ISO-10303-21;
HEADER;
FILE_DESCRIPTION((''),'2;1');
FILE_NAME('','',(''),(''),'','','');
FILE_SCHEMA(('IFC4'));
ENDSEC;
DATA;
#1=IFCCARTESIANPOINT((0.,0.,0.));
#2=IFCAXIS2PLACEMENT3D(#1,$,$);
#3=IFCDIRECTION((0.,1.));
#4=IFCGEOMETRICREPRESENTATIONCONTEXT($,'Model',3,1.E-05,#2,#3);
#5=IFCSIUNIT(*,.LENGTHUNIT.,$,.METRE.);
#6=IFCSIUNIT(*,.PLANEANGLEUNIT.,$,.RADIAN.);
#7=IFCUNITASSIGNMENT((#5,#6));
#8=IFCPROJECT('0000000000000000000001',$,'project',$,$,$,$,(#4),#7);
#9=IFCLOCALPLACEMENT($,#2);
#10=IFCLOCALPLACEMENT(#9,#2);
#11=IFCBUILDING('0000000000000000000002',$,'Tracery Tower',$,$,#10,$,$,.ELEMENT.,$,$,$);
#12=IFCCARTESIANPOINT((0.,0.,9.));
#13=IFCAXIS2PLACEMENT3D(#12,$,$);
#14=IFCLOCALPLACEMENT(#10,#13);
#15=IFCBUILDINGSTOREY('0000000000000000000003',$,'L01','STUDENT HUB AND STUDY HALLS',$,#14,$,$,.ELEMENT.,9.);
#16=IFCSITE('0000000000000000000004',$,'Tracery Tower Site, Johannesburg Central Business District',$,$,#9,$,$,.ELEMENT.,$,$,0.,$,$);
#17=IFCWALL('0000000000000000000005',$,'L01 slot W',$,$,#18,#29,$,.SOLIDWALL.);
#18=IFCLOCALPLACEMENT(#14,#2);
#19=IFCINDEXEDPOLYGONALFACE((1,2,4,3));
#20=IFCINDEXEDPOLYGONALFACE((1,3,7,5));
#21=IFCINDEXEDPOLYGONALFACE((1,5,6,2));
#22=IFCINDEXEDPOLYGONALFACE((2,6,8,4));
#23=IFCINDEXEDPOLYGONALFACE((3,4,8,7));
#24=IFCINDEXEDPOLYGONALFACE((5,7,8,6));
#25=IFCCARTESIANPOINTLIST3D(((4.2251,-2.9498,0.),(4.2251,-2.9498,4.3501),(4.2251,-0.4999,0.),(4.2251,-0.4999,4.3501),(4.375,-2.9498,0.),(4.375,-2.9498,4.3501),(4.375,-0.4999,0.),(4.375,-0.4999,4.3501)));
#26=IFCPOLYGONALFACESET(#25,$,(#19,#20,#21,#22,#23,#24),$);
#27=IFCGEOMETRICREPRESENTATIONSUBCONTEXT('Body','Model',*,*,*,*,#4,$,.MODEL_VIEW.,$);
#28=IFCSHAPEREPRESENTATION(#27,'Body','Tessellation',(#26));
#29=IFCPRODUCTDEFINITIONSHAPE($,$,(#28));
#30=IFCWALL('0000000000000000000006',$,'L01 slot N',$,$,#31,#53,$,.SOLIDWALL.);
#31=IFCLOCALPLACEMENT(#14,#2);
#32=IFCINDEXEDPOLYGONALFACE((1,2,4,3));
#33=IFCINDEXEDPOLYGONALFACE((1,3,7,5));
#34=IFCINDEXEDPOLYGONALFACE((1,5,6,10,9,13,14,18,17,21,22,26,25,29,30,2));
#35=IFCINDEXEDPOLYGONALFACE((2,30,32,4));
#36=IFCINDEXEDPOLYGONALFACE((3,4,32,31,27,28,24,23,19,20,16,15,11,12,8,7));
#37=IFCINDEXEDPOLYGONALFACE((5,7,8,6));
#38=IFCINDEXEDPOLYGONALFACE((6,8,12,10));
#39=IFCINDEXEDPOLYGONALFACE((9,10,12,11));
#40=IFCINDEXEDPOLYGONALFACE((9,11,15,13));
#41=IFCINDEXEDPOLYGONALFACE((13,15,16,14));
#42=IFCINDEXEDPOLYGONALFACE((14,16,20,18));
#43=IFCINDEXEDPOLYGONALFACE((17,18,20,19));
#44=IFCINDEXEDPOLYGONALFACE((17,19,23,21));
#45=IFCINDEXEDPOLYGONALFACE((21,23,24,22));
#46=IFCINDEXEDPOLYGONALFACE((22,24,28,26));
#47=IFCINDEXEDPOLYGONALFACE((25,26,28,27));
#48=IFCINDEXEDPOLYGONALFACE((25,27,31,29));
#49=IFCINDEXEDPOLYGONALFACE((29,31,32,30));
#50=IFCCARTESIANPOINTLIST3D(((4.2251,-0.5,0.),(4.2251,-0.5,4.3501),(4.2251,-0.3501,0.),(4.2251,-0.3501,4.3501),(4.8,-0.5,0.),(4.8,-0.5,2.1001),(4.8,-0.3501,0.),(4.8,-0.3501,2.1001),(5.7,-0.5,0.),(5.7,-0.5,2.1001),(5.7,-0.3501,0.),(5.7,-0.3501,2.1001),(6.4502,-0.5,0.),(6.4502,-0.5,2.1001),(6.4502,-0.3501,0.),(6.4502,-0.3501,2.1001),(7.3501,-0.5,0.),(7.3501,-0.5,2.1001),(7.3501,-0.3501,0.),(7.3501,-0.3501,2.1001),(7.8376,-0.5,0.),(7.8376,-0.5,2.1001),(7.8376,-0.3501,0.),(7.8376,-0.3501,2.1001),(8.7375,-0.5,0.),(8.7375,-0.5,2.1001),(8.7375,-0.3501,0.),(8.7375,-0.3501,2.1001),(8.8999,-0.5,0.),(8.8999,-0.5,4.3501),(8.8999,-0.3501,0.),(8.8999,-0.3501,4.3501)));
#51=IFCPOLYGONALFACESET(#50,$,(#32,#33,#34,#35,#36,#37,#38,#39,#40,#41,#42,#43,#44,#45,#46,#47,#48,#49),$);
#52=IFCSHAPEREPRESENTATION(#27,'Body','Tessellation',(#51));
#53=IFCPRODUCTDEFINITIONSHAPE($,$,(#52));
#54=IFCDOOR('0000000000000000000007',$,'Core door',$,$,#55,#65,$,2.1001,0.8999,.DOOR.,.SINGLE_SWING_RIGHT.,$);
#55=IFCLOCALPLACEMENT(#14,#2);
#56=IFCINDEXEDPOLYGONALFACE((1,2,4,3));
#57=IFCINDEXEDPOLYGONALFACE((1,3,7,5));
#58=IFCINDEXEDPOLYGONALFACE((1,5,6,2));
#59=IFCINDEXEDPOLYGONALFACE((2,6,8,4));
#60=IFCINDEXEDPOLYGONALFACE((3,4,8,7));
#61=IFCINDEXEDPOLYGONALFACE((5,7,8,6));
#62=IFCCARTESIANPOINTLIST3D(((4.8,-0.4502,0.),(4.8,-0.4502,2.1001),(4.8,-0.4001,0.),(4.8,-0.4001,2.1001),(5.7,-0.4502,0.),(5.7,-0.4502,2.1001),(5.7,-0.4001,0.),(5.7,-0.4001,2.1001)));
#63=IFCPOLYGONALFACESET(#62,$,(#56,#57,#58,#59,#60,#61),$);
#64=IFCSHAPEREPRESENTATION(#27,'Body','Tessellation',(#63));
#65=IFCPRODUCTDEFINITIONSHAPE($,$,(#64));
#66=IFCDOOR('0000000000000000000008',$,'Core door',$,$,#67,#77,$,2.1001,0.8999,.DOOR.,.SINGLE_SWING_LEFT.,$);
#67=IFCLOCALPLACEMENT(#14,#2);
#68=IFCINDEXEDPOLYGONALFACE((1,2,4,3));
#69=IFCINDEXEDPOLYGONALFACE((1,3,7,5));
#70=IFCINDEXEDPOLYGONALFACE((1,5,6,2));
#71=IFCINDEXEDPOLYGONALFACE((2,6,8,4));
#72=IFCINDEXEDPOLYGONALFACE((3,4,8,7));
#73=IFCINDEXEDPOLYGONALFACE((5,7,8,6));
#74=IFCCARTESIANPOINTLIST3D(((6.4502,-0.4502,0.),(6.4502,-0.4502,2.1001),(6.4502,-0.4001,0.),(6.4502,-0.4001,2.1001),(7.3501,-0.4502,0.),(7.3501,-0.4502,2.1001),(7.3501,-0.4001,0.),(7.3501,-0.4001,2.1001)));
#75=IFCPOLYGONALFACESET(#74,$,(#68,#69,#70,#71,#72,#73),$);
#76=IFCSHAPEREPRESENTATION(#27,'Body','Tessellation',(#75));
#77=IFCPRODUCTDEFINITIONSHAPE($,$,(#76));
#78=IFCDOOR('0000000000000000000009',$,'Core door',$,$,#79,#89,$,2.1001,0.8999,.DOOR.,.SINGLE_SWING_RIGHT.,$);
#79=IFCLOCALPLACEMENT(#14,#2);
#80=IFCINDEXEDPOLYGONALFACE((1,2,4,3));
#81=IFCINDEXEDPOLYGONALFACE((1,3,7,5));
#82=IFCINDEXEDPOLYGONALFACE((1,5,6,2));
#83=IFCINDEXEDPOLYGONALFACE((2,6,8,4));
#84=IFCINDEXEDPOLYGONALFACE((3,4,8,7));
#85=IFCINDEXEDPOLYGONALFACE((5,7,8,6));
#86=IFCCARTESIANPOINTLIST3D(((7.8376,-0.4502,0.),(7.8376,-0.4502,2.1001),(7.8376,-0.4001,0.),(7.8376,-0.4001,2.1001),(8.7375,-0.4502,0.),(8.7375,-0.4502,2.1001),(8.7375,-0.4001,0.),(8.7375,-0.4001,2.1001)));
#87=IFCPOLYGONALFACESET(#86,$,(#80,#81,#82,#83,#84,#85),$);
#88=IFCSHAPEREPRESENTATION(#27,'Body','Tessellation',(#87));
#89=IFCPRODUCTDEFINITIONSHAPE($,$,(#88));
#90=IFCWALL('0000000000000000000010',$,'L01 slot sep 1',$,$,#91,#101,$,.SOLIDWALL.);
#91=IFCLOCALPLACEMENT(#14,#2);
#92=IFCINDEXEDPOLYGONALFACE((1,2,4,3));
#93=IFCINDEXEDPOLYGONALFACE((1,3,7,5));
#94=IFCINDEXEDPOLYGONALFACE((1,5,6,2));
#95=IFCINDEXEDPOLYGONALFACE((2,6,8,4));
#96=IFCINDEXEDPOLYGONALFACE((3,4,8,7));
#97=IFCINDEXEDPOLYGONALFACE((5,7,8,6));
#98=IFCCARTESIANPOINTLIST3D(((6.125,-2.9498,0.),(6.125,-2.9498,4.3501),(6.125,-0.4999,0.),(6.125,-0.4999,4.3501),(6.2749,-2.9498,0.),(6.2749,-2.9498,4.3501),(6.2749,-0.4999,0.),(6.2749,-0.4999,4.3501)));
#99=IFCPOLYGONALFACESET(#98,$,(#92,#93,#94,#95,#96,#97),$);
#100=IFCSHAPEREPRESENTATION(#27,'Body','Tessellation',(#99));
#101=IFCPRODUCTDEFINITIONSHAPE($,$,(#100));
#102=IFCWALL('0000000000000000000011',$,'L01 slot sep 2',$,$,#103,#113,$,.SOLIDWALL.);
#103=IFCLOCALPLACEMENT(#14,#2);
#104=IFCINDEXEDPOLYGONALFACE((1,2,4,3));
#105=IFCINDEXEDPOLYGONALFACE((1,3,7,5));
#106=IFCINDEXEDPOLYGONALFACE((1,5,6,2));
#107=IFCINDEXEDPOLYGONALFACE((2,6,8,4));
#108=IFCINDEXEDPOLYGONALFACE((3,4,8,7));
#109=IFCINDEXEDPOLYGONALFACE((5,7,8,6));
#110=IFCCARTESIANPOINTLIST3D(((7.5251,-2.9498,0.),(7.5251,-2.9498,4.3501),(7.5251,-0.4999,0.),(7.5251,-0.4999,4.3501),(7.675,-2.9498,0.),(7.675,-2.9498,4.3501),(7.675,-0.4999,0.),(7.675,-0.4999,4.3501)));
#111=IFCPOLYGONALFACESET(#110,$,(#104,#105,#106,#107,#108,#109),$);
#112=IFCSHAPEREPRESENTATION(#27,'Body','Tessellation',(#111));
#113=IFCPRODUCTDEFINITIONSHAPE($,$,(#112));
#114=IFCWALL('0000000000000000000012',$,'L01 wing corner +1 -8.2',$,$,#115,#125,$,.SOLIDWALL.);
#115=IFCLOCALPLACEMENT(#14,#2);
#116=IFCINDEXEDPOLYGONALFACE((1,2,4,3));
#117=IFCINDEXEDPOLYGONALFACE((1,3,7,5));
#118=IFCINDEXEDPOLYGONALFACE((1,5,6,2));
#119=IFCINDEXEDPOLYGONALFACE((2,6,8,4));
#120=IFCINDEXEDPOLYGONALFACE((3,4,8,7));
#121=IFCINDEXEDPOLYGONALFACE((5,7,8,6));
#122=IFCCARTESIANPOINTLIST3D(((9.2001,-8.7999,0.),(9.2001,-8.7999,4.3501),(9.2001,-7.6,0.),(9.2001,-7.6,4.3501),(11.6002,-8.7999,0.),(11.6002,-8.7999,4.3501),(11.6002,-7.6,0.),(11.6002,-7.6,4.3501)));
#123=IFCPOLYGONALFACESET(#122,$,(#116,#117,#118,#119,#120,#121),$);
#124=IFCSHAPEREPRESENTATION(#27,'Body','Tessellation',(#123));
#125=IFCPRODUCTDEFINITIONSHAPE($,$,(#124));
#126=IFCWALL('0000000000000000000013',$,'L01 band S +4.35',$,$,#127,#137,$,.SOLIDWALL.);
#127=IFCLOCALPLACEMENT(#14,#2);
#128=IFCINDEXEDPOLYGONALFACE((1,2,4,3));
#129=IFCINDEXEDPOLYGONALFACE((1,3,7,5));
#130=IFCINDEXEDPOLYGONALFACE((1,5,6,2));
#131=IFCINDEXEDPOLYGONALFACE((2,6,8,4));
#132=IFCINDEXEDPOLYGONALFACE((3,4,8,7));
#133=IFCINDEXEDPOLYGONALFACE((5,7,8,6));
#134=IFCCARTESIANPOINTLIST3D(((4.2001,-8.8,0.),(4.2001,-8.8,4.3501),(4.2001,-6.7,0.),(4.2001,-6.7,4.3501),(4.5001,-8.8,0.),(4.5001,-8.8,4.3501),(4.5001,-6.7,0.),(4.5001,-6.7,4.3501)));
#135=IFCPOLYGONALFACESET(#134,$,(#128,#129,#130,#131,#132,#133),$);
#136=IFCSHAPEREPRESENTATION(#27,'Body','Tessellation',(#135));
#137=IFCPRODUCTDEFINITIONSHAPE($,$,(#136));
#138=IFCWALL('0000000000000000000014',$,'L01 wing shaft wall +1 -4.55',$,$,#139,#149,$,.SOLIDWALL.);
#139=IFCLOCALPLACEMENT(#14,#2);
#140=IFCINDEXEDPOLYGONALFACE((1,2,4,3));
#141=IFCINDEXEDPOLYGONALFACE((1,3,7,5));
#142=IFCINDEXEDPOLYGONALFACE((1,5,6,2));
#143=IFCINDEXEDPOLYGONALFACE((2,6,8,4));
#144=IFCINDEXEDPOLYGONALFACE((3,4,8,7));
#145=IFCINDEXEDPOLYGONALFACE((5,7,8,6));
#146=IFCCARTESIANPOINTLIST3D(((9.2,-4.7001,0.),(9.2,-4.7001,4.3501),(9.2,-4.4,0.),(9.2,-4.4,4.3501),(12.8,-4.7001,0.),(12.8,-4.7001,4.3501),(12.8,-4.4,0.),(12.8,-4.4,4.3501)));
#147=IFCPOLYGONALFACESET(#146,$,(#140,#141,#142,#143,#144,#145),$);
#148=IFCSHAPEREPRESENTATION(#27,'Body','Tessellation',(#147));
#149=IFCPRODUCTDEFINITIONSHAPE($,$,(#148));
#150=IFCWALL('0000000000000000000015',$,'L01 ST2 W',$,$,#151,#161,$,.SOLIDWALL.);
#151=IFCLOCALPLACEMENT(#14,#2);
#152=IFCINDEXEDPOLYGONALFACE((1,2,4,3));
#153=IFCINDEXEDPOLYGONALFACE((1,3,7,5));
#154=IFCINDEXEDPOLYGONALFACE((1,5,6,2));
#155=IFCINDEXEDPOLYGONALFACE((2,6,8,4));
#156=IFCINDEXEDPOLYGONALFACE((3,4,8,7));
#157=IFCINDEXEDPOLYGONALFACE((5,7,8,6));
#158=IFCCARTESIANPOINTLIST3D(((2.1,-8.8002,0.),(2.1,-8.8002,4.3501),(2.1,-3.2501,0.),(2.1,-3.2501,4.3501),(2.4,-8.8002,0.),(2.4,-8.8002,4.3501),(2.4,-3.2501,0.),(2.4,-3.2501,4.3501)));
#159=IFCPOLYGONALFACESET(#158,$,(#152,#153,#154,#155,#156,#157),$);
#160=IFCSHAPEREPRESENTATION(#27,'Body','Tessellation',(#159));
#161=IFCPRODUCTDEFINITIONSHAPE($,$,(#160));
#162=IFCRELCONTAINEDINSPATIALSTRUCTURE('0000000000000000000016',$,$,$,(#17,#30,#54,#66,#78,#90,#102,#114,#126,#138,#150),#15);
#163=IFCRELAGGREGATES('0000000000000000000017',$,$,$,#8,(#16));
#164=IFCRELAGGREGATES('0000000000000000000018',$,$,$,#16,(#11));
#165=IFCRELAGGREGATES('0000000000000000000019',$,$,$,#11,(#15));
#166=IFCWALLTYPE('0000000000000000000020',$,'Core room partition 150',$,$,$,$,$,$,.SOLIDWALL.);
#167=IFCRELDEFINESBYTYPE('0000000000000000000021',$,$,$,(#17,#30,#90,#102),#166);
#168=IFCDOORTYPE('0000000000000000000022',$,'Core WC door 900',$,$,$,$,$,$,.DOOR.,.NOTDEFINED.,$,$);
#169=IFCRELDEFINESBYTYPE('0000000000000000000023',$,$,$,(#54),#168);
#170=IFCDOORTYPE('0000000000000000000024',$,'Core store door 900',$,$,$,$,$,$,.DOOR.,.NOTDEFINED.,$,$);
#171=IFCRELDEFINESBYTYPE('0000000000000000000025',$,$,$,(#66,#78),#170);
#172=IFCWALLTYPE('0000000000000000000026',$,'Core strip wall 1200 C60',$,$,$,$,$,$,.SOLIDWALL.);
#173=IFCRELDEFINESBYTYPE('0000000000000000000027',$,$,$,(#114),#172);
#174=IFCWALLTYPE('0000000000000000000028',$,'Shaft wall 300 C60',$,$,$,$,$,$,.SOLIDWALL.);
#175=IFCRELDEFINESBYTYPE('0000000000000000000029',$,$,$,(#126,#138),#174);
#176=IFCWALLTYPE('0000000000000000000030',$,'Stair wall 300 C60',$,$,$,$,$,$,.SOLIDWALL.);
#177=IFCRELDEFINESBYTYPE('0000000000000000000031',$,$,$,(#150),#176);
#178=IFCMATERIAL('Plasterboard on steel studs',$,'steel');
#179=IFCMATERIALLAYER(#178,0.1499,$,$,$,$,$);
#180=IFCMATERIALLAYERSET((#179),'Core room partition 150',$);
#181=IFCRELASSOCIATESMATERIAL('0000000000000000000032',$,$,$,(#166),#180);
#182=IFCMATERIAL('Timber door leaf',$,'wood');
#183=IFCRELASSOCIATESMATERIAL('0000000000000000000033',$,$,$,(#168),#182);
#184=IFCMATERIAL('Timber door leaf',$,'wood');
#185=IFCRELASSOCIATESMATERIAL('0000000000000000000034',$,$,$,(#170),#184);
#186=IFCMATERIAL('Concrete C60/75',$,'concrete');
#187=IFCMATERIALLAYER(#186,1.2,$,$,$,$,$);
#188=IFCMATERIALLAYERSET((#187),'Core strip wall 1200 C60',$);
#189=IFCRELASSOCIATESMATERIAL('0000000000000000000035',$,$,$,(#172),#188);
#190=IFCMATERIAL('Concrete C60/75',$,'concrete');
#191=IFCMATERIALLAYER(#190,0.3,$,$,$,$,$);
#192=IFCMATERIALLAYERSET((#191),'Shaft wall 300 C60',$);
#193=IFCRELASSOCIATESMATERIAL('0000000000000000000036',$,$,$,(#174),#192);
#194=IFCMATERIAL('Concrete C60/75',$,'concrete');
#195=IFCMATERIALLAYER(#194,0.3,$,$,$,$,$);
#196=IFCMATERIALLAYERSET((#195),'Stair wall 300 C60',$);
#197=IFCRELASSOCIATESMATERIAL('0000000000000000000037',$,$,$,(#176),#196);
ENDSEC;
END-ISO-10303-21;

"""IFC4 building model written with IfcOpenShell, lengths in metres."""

from ifc_helpers import new_model, si_unit, direction, frame, frame_2d, origin, place, context, subcontext, project, spatial, rectangle, extrude, material, layer, layer_set, type_object, element, fill, save


model = new_model("IFC4")

# Units and contexts
model_context = context("Model", 3, precision=1e-05, world=origin(), true_north=direction((0.0, 1.0)))
body_context = subcontext(model_context, "Body", "Model", "MODEL_VIEW")
ifc_project = project(units=[si_unit("LENGTHUNIT", "METRE"), si_unit("PLANEANGLEUNIT", "RADIAN")], contexts=[model_context])

# Site, building, storey
site_placement = place(None, origin())
site = spatial("IfcSite", under=ifc_project, at=site_placement, Name="Tracery Tower Site, Johannesburg Central Business District", CompositionType="ELEMENT", RefElevation=0.0)
building_placement = place(site_placement, origin())
building = spatial("IfcBuilding", under=site, at=building_placement, Name="Tracery Tower", CompositionType="ELEMENT")
storey_placement = place(building_placement, frame((0.0, 0.0, 9.0)))
storey = spatial("IfcBuildingStorey", under=building, at=storey_placement, Name="L01", Description="STUDENT HUB AND STUDY HALLS", CompositionType="ELEMENT", Elevation=9.0)

# Wall
ifc_material_1 = material(Name="Plasterboard on steel studs", Category="steel")
ifc_layer_1 = layer(ifc_material_1, 0.1499)
ifc_layer_set_1 = layer_set([ifc_layer_1], Name="Core room partition 150")
wall_type_1 = type_object("IfcWallType", Name="Core room partition 150", PredefinedType="SOLIDWALL", material=ifc_layer_set_1)
wall_1_placement = place(storey_placement, frame((4.3, -2.95, 0.0), z_axis=(0.0, 0.0, 1.0), x_axis=(0.0, 1.0, 0.0)))
element("IfcWall", 1, at=wall_1_placement, inside=storey, type_object=wall_type_1, Name="L01 slot W", PredefinedType="SOLIDWALL", context=body_context, shape_type="SweptSolid", body=[
    extrude(rectangle(XDim=2.45, YDim=0.1499, at=frame_2d((1.2251, 0.0))), origin(), (0.0, 0.0, 1.0), 4.3501),
])

# Wall, openings, doors
wall_2_placement = place(storey_placement, frame((4.2251, -0.425, 0.0), z_axis=(0.0, 0.0, 1.0), x_axis=(1.0, 0.0, 0.0)))
wall_2 = element("IfcWall", 2, at=wall_2_placement, inside=storey, type_object=wall_type_1, Name="L01 slot N", PredefinedType="SOLIDWALL", context=body_context, shape_type="SweptSolid", body=[
    extrude(rectangle(XDim=4.6748, YDim=0.1499, at=frame_2d((2.3374, 0.0))), origin(), (0.0, 0.0, 1.0), 4.3501),
])
opening_1_placement = place(wall_2_placement, frame((0.575, 0.0, 0.0)))
opening_1 = element("IfcOpeningElement", 3, at=opening_1_placement, cuts=wall_2, PredefinedType="OPENING", context=body_context, shape_type="SweptSolid", body=[
    extrude(rectangle(XDim=0.8999, YDim=2.1001, at=frame_2d((0.45, 1.05))), frame((0.0, 0.075, 0.0), z_axis=(0.0, -1.0, 0.0), x_axis=(1.0, 0.0, 0.0)), (0.0, 0.0, 1.0), 0.1499),
])
opening_2_placement = place(wall_2_placement, frame((2.2251, 0.0, 0.0)))
opening_2 = element("IfcOpeningElement", 4, at=opening_2_placement, cuts=wall_2, PredefinedType="OPENING", context=body_context, shape_type="SweptSolid", body=[
    extrude(rectangle(XDim=0.8999, YDim=2.1001, at=frame_2d((0.45, 1.05))), frame((0.0, 0.075, 0.0), z_axis=(0.0, -1.0, 0.0), x_axis=(1.0, 0.0, 0.0)), (0.0, 0.0, 1.0), 0.1499),
])
opening_3_placement = place(wall_2_placement, frame((3.6125, 0.0, 0.0)))
opening_3 = element("IfcOpeningElement", 5, at=opening_3_placement, cuts=wall_2, PredefinedType="OPENING", context=body_context, shape_type="SweptSolid", body=[
    extrude(rectangle(XDim=0.8999, YDim=2.1001, at=frame_2d((0.45, 1.05))), frame((0.0, 0.075, 0.0), z_axis=(0.0, -1.0, 0.0), x_axis=(1.0, 0.0, 0.0)), (0.0, 0.0, 1.0), 0.1499),
])
ifc_material_2 = material(Name="Timber door leaf", Category="wood")
door_type_1 = type_object("IfcDoorType", Name="Core WC door 900", OperationType="NOTDEFINED", PredefinedType="DOOR", material=ifc_material_2)
door_1_placement = place(opening_1_placement, origin())
door_1 = element("IfcDoor", 6, at=door_1_placement, inside=storey, type_object=door_type_1, Name="Core door", OperationType="SINGLE_SWING_RIGHT", OverallHeight=2.1001, OverallWidth=0.8999, PredefinedType="DOOR", context=body_context, shape_type="SweptSolid", body=[
    extrude(rectangle(XDim=0.8999, YDim=2.1001, at=frame_2d((0.45, 1.05))), frame((0.0, 0.0249, 0.0), z_axis=(0.0, -1.0, 0.0), x_axis=(1.0, 0.0, 0.0)), (0.0, 0.0, 1.0), 0.05),
])
fill(opening_1, door_1)
ifc_material_3 = material(Name="Timber door leaf", Category="wood")
door_type_2 = type_object("IfcDoorType", Name="Core store door 900", OperationType="NOTDEFINED", PredefinedType="DOOR", material=ifc_material_3)
door_2_placement = place(opening_2_placement, origin())
door_2 = element("IfcDoor", 7, at=door_2_placement, inside=storey, type_object=door_type_2, Name="Core door", OperationType="SINGLE_SWING_LEFT", OverallHeight=2.1001, OverallWidth=0.8999, PredefinedType="DOOR", context=body_context, shape_type="SweptSolid", body=[
    extrude(rectangle(XDim=0.8999, YDim=2.1001, at=frame_2d((0.45, 1.05))), frame((0.0, 0.0249, 0.0), z_axis=(0.0, -1.0, 0.0), x_axis=(1.0, 0.0, 0.0)), (0.0, 0.0, 1.0), 0.05),
])
fill(opening_2, door_2)
door_3_placement = place(opening_3_placement, origin())
door_3 = element("IfcDoor", 8, at=door_3_placement, inside=storey, type_object=door_type_2, Name="Core door", OperationType="SINGLE_SWING_RIGHT", OverallHeight=2.1001, OverallWidth=0.8999, PredefinedType="DOOR", context=body_context, shape_type="SweptSolid", body=[
    extrude(rectangle(XDim=0.8999, YDim=2.1001, at=frame_2d((0.45, 1.05))), frame((0.0, 0.0249, 0.0), z_axis=(0.0, -1.0, 0.0), x_axis=(1.0, 0.0, 0.0)), (0.0, 0.0, 1.0), 0.05),
])
fill(opening_3, door_3)

# Walls
for number, where, z_axis, x_axis, name in (
    (9, (6.2, -2.95, 0.0), (0.0, 0.0, 1.0), (0.0, 1.0, 0.0), "L01 slot sep 1"),
    (10, (7.6001, -2.95, 0.0), (0.0, 0.0, 1.0), (0.0, 1.0, 0.0), "L01 slot sep 2"),
):
    element("IfcWall", number, at=place(storey_placement, frame(where, z_axis=z_axis, x_axis=x_axis)), inside=storey, type_object=wall_type_1, Name=name, PredefinedType="SOLIDWALL", context=body_context, shape_type="SweptSolid", body=[
        extrude(rectangle(XDim=2.45, YDim=0.1499, at=frame_2d((1.2251, 0.0))), origin(), (0.0, 0.0, 1.0), 4.3501),
    ])
ifc_material_4 = material(Name="Concrete C60/75", Category="concrete")
ifc_layer_2 = layer(ifc_material_4, 1.2)
ifc_layer_set_2 = layer_set([ifc_layer_2], Name="Core strip wall 1200 C60")
wall_type_2 = type_object("IfcWallType", Name="Core strip wall 1200 C60", PredefinedType="SOLIDWALL", material=ifc_layer_set_2)
wall_3_placement = place(storey_placement, frame((9.2, -8.2, 0.0), z_axis=(0.0, 0.0, 1.0), x_axis=(1.0, 0.0, 0.0)))
element("IfcWall", 11, at=wall_3_placement, inside=storey, type_object=wall_type_2, Name="L01 wing corner +1 -8.2", PredefinedType="SOLIDWALL", context=body_context, shape_type="SweptSolid", body=[
    extrude(rectangle(XDim=2.4001, YDim=1.2, at=frame_2d((1.2002, 0.0))), origin(), (0.0, 0.0, 1.0), 4.3501),
])
ifc_material_5 = material(Name="Concrete C60/75", Category="concrete")
ifc_layer_3 = layer(ifc_material_5, 0.3)
ifc_layer_set_3 = layer_set([ifc_layer_3], Name="Shaft wall 300 C60")
wall_type_3 = type_object("IfcWallType", Name="Shaft wall 300 C60", PredefinedType="SOLIDWALL", material=ifc_layer_set_3)
wall_4_placement = place(storey_placement, frame((4.3501, -8.8, 0.0), z_axis=(0.0, 0.0, 1.0), x_axis=(0.0, 1.0, 0.0)))
element("IfcWall", 12, at=wall_4_placement, inside=storey, type_object=wall_type_3, Name="L01 band S +4.35", PredefinedType="SOLIDWALL", context=body_context, shape_type="SweptSolid", body=[
    extrude(rectangle(XDim=2.1001, YDim=0.3, at=frame_2d((1.05, 0.0))), origin(), (0.0, 0.0, 1.0), 4.3501),
])
wall_5_placement = place(storey_placement, frame((9.2, -4.55, 0.0), z_axis=(0.0, 0.0, 1.0), x_axis=(1.0, 0.0, 0.0)))
element("IfcWall", 13, at=wall_5_placement, inside=storey, type_object=wall_type_3, Name="L01 wing shaft wall +1 -4.55", PredefinedType="SOLIDWALL", context=body_context, shape_type="SweptSolid", body=[
    extrude(rectangle(XDim=3.6001, YDim=0.3, at=frame_2d((1.8, 0.0))), origin(), (0.0, 0.0, 1.0), 4.3501),
])

# Shared definitions
ifc_material_6 = material(Name="Concrete C60/75", Category="concrete")
ifc_layer_4 = layer(ifc_material_6, 0.3)
ifc_layer_set_4 = layer_set([ifc_layer_4], Name="Stair wall 300 C60")
wall_type_4 = type_object("IfcWallType", Name="Stair wall 300 C60", PredefinedType="SOLIDWALL", material=ifc_layer_set_4)

# Wall
wall_6_placement = place(storey_placement, frame((2.25, -8.8, 0.0), z_axis=(0.0, 0.0, 1.0), x_axis=(0.0, 1.0, 0.0)))
element("IfcWall", 14, at=wall_6_placement, inside=storey, type_object=wall_type_4, Name="L01 ST2 W", PredefinedType="SOLIDWALL", context=body_context, shape_type="SweptSolid", body=[
    extrude(rectangle(XDim=5.55, YDim=0.3, at=frame_2d((2.7749, 0.0))), origin(), (0.0, 0.0, 1.0), 4.3501),
])

save(model, "model.ifc")
